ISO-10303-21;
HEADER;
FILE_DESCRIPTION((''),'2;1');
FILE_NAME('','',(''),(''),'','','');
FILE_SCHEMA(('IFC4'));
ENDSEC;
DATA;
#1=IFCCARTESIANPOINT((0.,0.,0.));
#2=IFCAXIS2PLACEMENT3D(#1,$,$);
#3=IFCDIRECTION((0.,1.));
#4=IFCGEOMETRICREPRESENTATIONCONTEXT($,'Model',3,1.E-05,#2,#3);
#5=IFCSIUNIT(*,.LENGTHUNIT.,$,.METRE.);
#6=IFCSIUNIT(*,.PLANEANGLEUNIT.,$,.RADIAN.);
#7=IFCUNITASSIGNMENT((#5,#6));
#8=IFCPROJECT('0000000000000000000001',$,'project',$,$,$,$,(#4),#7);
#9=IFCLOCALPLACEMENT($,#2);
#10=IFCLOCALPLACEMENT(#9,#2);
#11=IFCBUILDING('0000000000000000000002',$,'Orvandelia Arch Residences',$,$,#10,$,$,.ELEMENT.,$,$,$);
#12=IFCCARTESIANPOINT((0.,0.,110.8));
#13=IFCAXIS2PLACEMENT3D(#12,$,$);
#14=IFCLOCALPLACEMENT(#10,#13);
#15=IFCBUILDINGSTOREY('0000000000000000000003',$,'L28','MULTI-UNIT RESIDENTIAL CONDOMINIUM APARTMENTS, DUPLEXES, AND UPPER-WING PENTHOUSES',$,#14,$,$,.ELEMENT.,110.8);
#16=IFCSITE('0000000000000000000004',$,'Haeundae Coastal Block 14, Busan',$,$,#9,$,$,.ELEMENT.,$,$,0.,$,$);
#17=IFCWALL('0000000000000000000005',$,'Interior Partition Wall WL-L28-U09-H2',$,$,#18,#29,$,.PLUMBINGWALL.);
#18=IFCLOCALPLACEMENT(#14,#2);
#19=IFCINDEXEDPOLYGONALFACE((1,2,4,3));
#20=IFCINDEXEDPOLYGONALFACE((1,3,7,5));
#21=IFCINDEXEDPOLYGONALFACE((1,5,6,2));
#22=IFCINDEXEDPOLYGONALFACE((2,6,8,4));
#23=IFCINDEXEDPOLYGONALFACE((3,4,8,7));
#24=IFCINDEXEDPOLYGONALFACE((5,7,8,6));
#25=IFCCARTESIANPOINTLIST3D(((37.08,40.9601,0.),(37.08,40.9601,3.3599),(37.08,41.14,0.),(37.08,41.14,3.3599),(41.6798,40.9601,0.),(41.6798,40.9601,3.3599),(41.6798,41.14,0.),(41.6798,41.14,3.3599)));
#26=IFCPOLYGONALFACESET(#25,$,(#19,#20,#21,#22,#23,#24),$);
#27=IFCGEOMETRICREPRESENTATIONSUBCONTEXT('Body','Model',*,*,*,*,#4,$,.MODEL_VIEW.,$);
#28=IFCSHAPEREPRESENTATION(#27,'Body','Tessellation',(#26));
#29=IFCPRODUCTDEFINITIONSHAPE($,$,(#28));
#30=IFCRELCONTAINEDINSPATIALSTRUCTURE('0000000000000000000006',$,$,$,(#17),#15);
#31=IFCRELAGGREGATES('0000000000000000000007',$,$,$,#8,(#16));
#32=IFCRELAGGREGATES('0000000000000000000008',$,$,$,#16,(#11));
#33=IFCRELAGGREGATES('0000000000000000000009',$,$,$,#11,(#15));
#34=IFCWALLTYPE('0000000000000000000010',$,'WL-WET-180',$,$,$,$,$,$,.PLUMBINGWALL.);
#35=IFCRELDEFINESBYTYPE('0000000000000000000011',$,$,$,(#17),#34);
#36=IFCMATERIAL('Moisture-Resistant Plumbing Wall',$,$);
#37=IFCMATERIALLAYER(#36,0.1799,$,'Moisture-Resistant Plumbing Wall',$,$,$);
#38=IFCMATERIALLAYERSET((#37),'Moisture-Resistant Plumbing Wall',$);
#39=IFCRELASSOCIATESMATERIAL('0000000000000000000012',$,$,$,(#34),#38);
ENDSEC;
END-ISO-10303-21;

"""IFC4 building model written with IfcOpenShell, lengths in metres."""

from ifc_helpers import new_model, si_unit, direction, frame, frame_2d, origin, place, context, subcontext, project, spatial, rectangle, extrude, material, layer, layer_set, type_object, element, save


model = new_model("IFC4")

# Units and contexts
model_context = context("Model", 3, precision=1e-05, world=origin(), true_north=direction((0.0, 1.0)))
body_context = subcontext(model_context, "Body", "Model", "MODEL_VIEW")
ifc_project = project(units=[si_unit("LENGTHUNIT", "METRE"), si_unit("PLANEANGLEUNIT", "RADIAN")], contexts=[model_context])

# Site, building, storey
site_placement = place(None, origin())
site = spatial("IfcSite", under=ifc_project, at=site_placement, Name="Haeundae Coastal Block 14, Busan", CompositionType="ELEMENT", RefElevation=0.0)
building_placement = place(site_placement, origin())
building = spatial("IfcBuilding", under=site, at=building_placement, Name="Orvandelia Arch Residences", CompositionType="ELEMENT")
storey_placement = place(building_placement, frame((0.0, 0.0, 110.8)))
storey = spatial("IfcBuildingStorey", under=building, at=storey_placement, Name="L28", Description="MULTI-UNIT RESIDENTIAL CONDOMINIUM APARTMENTS, DUPLEXES, AND UPPER-WING PENTHOUSES", CompositionType="ELEMENT", Elevation=110.8)

# Wall
ifc_material_1 = material(Name="Moisture-Resistant Plumbing Wall")
ifc_layer_1 = layer(ifc_material_1, 0.1799, Name="Moisture-Resistant Plumbing Wall")
ifc_layer_set_1 = layer_set([ifc_layer_1], Name="Moisture-Resistant Plumbing Wall")
wall_type_1 = type_object("IfcWallType", Name="WL-WET-180", PredefinedType="PLUMBINGWALL", material=ifc_layer_set_1)
wall_1_placement = place(storey_placement, frame((37.0801, 41.05, 0.0), z_axis=(0.0, 0.0, 1.0), x_axis=(1.0, 0.0, 0.0)))
element("IfcWall", 1, at=wall_1_placement, inside=storey, type_object=wall_type_1, Name="Interior Partition Wall WL-L28-U09-H2", PredefinedType="PLUMBINGWALL", context=body_context, shape_type="SweptSolid", body=[
    extrude(rectangle(XDim=4.5999, YDim=0.1799, at=frame_2d((2.2998, 0.0))), origin(), (0.0, 0.0, 1.0), 3.3599),
])

save(model, "model.ifc")
